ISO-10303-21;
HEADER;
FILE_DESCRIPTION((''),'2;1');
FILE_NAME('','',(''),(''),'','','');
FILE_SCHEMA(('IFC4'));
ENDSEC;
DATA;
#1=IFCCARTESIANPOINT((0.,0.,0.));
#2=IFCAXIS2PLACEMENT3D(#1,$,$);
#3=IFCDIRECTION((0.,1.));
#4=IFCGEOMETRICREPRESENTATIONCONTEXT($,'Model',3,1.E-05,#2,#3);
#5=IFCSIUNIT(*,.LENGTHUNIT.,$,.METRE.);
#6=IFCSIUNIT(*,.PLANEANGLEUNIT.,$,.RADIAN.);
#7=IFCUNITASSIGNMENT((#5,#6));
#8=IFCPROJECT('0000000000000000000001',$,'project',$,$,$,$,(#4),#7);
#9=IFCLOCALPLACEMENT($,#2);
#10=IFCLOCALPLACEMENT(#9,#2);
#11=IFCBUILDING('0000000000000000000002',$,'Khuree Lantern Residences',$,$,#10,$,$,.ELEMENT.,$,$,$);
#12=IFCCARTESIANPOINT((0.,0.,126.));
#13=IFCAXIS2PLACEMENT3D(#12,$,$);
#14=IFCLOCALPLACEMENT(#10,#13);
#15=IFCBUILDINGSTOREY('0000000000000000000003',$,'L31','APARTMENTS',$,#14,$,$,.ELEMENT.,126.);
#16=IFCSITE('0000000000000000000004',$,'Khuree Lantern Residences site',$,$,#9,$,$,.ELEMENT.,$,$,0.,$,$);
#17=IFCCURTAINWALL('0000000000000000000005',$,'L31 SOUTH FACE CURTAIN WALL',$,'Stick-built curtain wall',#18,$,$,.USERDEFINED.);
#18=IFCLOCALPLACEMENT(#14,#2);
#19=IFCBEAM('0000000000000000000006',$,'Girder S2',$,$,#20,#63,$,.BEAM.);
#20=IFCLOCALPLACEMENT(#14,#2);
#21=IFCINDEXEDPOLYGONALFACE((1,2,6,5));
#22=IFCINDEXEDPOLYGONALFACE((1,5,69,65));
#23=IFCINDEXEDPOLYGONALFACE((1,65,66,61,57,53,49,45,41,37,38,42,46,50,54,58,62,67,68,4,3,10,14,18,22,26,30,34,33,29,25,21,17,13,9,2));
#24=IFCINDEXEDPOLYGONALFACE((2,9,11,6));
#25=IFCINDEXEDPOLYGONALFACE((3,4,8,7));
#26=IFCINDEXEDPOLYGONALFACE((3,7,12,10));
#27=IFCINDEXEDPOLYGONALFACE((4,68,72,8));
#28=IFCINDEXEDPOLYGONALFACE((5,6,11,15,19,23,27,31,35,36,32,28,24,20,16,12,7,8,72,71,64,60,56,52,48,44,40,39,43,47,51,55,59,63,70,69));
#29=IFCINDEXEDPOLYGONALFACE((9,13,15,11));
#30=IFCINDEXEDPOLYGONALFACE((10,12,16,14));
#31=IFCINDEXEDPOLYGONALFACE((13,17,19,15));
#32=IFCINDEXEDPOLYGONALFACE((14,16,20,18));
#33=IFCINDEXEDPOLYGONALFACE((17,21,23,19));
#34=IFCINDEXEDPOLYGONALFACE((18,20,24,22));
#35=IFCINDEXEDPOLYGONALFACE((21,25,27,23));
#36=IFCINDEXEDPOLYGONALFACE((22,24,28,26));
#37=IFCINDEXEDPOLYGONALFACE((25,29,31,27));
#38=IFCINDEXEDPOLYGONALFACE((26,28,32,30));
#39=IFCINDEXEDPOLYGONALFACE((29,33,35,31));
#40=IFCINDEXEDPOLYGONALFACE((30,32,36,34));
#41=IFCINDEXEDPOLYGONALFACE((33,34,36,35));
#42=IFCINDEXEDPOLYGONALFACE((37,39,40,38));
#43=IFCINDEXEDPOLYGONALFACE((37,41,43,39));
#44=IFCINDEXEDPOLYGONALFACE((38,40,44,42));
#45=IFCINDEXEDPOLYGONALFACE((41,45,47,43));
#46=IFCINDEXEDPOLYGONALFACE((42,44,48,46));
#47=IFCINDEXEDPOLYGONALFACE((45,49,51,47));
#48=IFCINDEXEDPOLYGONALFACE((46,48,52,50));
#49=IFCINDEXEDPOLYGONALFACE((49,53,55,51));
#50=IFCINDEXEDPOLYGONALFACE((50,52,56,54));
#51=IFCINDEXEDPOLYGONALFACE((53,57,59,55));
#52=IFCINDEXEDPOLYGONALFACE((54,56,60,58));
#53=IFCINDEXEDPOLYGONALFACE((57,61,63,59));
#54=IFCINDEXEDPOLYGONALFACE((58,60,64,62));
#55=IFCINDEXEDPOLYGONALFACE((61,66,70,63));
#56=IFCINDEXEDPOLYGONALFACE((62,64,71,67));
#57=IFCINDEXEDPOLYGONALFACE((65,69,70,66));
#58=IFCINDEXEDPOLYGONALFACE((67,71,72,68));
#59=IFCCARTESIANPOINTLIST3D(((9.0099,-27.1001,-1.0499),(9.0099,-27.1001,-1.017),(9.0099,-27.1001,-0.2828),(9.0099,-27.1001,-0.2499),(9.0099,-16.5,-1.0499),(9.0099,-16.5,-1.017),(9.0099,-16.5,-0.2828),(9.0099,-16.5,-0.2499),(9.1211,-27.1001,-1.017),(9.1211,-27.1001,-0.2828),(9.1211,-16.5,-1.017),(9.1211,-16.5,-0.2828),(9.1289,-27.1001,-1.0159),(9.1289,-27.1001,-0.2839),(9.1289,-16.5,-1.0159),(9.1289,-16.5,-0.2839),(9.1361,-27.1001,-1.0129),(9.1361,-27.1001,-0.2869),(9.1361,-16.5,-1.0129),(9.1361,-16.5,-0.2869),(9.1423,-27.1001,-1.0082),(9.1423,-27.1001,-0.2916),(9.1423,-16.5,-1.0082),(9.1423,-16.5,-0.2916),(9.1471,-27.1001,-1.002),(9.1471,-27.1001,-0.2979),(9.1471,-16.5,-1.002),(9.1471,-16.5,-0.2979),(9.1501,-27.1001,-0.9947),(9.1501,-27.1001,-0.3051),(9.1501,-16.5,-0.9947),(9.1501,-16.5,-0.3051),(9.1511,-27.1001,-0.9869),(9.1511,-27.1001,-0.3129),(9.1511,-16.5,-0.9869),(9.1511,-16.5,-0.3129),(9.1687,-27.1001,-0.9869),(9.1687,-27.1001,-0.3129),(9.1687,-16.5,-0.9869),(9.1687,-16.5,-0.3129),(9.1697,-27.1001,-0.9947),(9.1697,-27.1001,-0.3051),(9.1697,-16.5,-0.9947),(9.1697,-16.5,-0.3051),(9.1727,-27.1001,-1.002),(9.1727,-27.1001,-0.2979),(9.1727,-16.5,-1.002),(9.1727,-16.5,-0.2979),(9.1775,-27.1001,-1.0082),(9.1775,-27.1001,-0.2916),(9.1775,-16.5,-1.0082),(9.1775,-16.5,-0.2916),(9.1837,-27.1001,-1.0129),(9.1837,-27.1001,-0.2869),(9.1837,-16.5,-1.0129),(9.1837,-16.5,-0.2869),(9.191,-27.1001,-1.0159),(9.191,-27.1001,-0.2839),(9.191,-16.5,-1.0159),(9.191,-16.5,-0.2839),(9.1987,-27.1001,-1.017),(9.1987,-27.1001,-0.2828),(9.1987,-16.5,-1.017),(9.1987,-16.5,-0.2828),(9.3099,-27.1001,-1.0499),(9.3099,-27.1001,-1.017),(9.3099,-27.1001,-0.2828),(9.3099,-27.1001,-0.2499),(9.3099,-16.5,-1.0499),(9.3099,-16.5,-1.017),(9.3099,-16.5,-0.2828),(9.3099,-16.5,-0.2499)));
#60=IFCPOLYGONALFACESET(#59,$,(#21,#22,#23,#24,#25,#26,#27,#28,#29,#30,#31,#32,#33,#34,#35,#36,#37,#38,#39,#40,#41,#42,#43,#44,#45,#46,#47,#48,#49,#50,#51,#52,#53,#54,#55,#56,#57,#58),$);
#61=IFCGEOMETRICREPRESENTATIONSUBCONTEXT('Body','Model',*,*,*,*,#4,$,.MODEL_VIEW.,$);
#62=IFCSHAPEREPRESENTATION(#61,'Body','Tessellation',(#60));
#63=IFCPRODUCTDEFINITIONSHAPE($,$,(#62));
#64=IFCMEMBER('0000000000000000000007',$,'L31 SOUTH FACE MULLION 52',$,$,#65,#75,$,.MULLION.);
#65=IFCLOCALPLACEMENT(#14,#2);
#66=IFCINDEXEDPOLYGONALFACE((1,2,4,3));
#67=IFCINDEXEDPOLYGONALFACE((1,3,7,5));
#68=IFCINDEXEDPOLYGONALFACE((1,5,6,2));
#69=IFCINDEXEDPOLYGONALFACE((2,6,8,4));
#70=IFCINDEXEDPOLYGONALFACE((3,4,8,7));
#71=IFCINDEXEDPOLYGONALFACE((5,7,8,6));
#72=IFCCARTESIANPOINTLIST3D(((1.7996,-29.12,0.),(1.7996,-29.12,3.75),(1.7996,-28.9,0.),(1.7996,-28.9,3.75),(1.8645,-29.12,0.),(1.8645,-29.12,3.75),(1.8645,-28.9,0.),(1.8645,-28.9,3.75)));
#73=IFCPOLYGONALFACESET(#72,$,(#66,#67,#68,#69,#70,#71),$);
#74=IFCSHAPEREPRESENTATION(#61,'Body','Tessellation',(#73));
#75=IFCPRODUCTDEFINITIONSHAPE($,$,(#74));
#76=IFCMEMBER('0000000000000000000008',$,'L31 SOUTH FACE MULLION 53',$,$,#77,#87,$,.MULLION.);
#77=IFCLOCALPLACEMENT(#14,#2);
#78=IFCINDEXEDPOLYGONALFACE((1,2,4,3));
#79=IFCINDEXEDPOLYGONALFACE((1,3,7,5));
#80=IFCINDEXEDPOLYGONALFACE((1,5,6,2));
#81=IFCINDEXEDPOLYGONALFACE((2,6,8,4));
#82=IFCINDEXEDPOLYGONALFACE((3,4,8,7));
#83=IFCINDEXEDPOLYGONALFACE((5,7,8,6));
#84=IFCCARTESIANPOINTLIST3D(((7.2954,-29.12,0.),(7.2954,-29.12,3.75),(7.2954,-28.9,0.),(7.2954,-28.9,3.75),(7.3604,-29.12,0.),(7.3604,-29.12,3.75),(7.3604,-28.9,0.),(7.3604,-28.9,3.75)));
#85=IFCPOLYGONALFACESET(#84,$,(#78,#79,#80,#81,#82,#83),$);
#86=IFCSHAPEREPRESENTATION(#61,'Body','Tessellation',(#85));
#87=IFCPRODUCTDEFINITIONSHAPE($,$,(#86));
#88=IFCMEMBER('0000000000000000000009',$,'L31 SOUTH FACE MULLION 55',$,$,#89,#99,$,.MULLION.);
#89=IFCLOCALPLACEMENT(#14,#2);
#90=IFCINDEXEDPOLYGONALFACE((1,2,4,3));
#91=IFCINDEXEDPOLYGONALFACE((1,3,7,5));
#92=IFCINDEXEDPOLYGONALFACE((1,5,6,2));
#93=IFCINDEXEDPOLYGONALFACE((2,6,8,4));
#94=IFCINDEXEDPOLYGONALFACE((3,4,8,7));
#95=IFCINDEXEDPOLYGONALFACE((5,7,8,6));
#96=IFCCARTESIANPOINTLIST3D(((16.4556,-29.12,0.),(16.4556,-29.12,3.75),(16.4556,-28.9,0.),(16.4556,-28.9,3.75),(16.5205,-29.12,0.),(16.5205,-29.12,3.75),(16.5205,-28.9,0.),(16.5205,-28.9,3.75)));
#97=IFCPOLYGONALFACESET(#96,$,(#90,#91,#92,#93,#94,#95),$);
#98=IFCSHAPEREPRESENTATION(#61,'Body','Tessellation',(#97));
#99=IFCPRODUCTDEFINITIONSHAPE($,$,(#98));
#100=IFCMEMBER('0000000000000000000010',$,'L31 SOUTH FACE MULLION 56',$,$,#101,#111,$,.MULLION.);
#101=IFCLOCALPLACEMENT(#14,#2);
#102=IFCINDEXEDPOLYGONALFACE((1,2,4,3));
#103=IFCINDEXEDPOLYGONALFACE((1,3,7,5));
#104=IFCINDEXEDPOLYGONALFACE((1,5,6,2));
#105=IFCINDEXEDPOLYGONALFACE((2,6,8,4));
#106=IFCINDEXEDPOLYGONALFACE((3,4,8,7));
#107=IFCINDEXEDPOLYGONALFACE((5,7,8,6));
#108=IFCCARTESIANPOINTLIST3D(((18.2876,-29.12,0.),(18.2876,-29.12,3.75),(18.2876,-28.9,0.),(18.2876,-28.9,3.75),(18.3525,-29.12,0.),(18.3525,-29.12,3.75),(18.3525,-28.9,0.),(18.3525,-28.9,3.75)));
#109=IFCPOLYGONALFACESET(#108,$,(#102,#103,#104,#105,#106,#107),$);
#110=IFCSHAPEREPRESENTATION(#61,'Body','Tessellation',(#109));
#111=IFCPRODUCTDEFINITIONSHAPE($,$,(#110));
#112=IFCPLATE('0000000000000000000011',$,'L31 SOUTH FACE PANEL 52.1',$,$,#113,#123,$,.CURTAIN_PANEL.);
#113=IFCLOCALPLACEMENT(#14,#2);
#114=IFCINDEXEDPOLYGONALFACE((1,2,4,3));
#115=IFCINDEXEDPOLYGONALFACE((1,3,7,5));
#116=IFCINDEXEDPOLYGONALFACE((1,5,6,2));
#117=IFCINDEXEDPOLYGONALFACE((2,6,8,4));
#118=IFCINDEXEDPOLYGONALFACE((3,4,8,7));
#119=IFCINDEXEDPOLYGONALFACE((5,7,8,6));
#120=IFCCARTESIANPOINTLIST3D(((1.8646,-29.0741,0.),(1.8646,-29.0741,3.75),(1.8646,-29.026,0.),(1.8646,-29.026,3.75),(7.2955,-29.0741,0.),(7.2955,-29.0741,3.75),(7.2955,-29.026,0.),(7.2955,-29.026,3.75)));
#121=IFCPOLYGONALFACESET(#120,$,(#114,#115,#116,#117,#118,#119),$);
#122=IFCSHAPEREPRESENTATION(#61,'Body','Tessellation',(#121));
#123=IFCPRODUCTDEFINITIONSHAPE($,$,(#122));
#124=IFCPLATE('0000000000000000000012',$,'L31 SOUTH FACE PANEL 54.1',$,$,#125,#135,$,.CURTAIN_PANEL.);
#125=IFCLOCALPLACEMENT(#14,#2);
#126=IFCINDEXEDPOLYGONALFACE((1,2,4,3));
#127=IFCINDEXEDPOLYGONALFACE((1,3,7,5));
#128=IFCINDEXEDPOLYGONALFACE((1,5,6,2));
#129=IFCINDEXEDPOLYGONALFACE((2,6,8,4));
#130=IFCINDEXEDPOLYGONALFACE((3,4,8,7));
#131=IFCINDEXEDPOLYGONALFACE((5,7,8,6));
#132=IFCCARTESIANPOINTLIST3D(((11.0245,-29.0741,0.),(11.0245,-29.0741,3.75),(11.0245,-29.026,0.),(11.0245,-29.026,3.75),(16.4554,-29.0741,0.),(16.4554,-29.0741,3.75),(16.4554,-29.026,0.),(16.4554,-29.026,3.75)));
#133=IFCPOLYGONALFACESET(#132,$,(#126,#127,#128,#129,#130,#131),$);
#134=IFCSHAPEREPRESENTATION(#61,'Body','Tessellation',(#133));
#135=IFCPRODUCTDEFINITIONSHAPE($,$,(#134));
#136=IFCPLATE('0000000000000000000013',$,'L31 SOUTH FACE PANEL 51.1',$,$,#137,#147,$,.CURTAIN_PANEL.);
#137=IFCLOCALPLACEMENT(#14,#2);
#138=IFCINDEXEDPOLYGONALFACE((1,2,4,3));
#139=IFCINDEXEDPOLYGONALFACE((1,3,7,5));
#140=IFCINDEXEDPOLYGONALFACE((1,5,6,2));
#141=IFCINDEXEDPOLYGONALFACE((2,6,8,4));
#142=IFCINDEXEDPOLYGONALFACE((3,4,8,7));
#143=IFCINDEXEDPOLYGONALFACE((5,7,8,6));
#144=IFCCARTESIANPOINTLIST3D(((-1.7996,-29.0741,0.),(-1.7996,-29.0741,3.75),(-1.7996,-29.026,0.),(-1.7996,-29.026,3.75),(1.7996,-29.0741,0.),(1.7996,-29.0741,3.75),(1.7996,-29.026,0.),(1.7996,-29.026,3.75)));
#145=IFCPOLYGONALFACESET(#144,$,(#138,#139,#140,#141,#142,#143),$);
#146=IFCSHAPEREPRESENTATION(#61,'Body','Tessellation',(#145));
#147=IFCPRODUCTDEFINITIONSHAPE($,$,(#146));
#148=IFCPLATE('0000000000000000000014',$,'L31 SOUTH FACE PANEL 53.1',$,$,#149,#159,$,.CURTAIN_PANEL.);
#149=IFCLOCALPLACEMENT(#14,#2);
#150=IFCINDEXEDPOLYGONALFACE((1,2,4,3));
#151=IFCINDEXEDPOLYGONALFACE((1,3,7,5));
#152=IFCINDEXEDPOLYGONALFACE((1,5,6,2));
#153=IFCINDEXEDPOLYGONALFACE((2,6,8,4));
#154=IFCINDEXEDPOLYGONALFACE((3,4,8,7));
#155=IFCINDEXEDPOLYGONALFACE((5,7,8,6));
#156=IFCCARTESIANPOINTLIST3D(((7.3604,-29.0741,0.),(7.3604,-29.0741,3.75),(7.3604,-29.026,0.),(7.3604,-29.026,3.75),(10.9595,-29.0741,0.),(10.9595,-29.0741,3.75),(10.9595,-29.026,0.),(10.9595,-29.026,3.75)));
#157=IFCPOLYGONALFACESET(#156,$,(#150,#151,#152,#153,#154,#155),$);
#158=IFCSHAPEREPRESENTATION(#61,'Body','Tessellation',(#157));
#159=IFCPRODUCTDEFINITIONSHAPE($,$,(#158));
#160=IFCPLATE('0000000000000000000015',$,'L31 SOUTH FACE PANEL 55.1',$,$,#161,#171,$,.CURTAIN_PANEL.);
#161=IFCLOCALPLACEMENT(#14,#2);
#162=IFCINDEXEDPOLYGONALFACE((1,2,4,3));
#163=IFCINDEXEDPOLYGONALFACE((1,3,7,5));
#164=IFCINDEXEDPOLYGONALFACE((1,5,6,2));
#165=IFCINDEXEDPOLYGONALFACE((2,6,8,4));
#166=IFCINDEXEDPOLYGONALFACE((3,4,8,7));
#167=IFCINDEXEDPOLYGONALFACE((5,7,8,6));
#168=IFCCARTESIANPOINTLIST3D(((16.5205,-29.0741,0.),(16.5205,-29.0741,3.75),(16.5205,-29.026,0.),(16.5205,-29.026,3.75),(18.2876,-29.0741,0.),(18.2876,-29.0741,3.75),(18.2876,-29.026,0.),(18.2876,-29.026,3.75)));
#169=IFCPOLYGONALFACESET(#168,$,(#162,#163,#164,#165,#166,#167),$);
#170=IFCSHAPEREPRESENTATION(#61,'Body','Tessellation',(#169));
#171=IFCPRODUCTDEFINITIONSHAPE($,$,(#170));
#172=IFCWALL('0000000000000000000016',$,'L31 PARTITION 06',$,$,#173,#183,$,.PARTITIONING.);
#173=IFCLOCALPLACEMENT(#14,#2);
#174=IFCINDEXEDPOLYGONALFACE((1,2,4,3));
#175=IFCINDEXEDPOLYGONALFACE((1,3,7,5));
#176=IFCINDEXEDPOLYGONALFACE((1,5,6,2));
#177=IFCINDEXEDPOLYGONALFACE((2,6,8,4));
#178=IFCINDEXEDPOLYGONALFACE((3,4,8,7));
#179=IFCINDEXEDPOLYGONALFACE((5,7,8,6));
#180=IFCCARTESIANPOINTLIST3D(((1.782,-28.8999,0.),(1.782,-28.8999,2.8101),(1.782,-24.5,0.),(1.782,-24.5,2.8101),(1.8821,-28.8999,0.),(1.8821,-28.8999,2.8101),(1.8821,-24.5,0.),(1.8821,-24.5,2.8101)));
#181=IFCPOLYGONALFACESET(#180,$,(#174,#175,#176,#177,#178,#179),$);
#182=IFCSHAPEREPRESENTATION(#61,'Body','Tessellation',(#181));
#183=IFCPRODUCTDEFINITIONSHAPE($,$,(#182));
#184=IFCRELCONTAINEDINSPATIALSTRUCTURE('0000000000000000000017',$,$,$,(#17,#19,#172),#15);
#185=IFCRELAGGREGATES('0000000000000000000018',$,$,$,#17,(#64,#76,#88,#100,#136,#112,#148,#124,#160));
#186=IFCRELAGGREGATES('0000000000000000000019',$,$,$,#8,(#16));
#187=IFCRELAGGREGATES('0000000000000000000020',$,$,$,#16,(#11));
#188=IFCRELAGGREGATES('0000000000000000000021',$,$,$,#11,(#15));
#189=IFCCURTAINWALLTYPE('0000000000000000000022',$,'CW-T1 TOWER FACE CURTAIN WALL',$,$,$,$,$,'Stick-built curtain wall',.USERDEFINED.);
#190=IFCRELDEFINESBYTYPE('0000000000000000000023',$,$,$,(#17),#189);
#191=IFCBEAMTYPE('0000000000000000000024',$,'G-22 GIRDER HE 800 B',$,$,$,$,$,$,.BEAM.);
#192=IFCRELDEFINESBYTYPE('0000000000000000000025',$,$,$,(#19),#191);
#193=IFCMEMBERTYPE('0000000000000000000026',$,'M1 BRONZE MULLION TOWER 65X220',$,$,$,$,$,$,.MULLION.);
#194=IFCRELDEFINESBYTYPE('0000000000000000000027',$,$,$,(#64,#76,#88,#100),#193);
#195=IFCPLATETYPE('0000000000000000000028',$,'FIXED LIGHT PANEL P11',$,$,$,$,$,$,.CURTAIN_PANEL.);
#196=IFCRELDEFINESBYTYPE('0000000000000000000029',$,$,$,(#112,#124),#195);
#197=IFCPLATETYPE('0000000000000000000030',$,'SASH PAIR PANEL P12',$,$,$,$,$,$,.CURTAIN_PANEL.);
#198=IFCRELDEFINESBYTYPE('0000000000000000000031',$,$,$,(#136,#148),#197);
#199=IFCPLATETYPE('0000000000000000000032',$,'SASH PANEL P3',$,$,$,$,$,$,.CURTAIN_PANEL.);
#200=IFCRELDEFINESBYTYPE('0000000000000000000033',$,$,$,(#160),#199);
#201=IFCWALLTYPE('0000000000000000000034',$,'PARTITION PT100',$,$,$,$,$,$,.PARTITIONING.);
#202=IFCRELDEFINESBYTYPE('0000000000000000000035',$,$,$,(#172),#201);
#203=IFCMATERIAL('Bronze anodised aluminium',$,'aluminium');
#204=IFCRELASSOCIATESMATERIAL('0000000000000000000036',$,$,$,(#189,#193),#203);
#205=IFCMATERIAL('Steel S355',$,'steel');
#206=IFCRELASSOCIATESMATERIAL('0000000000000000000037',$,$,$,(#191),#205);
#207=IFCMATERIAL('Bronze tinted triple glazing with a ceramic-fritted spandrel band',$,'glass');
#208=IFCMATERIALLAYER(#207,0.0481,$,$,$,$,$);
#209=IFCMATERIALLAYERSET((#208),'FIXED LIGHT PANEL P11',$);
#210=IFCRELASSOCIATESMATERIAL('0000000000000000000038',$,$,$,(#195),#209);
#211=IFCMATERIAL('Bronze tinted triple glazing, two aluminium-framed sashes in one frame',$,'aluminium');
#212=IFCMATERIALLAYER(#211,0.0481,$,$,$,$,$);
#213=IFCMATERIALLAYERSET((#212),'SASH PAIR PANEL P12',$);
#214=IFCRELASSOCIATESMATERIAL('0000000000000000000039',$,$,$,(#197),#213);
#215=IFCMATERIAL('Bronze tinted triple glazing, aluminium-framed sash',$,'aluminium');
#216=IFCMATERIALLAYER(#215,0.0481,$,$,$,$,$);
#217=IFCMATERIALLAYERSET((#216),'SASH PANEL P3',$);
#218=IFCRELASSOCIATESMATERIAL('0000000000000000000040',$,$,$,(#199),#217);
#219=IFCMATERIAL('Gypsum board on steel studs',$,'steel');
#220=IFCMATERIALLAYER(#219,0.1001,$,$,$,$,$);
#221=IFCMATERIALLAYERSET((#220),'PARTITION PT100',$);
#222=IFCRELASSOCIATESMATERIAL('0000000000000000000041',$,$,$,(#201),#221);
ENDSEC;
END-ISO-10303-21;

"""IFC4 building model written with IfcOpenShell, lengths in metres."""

from ifc_helpers import new_model, si_unit, direction, frame, frame_2d, origin, origin_2d, place, context, subcontext, project, spatial, rectangle, i_section, extrude, material, layer, layer_set, material_profile, profile_set, type_object, element, aggregate, save


model = new_model("IFC4")

# Units and contexts
model_context = context("Model", 3, precision=1e-05, world=origin(), true_north=direction((0.0, 1.0)))
body_context = subcontext(model_context, "Body", "Model", "MODEL_VIEW")
ifc_project = project(units=[si_unit("LENGTHUNIT", "METRE"), si_unit("PLANEANGLEUNIT", "RADIAN")], contexts=[model_context])

# Site, building, storey
site_placement = place(None, origin())
site = spatial("IfcSite", under=ifc_project, at=site_placement, Name="Khuree Lantern Residences site", CompositionType="ELEMENT", RefElevation=0.0)
building_placement = place(site_placement, origin())
building = spatial("IfcBuilding", under=site, at=building_placement, Name="Khuree Lantern Residences", CompositionType="ELEMENT")
storey_placement = place(building_placement, frame((0.0, 0.0, 126.0)))
storey = spatial("IfcBuildingStorey", under=building, at=storey_placement, Name="L31", Description="APARTMENTS", CompositionType="ELEMENT", Elevation=126.0)

# Shared definitions
ifc_material_1 = material(Name="Steel S355", Category="steel")

# Curtain wall
ifc_material_2 = material(Name="Bronze anodised aluminium", Category="aluminium")
curtain_wall_type = type_object("IfcCurtainWallType", Name="CW-T1 TOWER FACE CURTAIN WALL", ElementType="Stick-built curtain wall", PredefinedType="USERDEFINED", material=ifc_material_2)
curtain_wall_placement = place(storey_placement, origin())
curtain_wall = element("IfcCurtainWall", 1, at=curtain_wall_placement, inside=storey, type_object=curtain_wall_type, Name="L31 SOUTH FACE CURTAIN WALL", ObjectType="Stick-built curtain wall", PredefinedType="USERDEFINED")

# Beam
ifc_material_profile_1 = material_profile(ifc_material_1, i_section(OverallWidth=0.3, OverallDepth=0.8, WebThickness=0.0176, FlangeThickness=0.033, FilletRadius=0.03, at=origin_2d()), Name="HE 800 B")
ifc_profile_set_1 = profile_set([ifc_material_profile_1], Name="Steel S355")
beam_type_1 = type_object("IfcBeamType", Name="G-22 GIRDER HE 800 B", PredefinedType="BEAM", material=ifc_profile_set_1)
beam_1_placement = place(storey_placement, frame((9.1599, -27.1001, -0.6499), z_axis=(0.0, 1.0, 0.0), x_axis=(-1.0, 0.0, 0.0)))
element("IfcBeam", 2, at=beam_1_placement, inside=storey, type_object=beam_type_1, Name="Girder S2", PredefinedType="BEAM", context=body_context, shape_type="SweptSolid", body=[
    extrude(i_section(OverallWidth=0.3, OverallDepth=0.8, WebThickness=0.0176, FlangeThickness=0.033, FilletRadius=0.03, at=origin_2d()), origin(), (0.0, 0.0, 1.0), 10.6001),
])

# Members
ifc_material_profile_2 = material_profile(ifc_material_2, rectangle(XDim=0.0649, YDim=0.22, at=origin_2d()), Name="M1 65X220")
ifc_profile_set_2 = profile_set([ifc_material_profile_2], Name="Bronze anodised aluminium")
member_type_1 = type_object("IfcMemberType", Name="M1 BRONZE MULLION TOWER 65X220", PredefinedType="MULLION", material=ifc_profile_set_2)
member_1_placement = place(storey_placement, frame((1.832, -29.01, 0.0), z_axis=(0.0, 0.0, 1.0), x_axis=(1.0, 0.0, 0.0)))
member_1 = element("IfcMember", 3, at=member_1_placement, type_object=member_type_1, Name="L31 SOUTH FACE MULLION 52", PredefinedType="MULLION", context=body_context, shape_type="SweptSolid", body=[
    extrude(rectangle(XDim=0.0649, YDim=0.22, at=origin_2d()), origin(), (0.0, 0.0, 1.0), 3.75),
])
member_2_placement = place(storey_placement, frame((7.3279, -29.01, 0.0), z_axis=(0.0, 0.0, 1.0), x_axis=(1.0, 0.0, 0.0)))
member_2 = element("IfcMember", 4, at=member_2_placement, type_object=member_type_1, Name="L31 SOUTH FACE MULLION 53", PredefinedType="MULLION", context=body_context, shape_type="SweptSolid", body=[
    extrude(rectangle(XDim=0.0649, YDim=0.22, at=origin_2d()), origin(), (0.0, 0.0, 1.0), 3.75),
])
member_3_placement = place(storey_placement, frame((16.488, -29.01, 0.0), z_axis=(0.0, 0.0, 1.0), x_axis=(1.0, 0.0, 0.0)))
member_3 = element("IfcMember", 5, at=member_3_placement, type_object=member_type_1, Name="L31 SOUTH FACE MULLION 55", PredefinedType="MULLION", context=body_context, shape_type="SweptSolid", body=[
    extrude(rectangle(XDim=0.0649, YDim=0.22, at=origin_2d()), origin(), (0.0, 0.0, 1.0), 3.75),
])
member_4_placement = place(storey_placement, frame((18.3201, -29.01, 0.0), z_axis=(0.0, 0.0, 1.0), x_axis=(1.0, 0.0, 0.0)))
member_4 = element("IfcMember", 6, at=member_4_placement, type_object=member_type_1, Name="L31 SOUTH FACE MULLION 56", PredefinedType="MULLION", context=body_context, shape_type="SweptSolid", body=[
    extrude(rectangle(XDim=0.0649, YDim=0.22, at=origin_2d()), origin(), (0.0, 0.0, 1.0), 3.75),
])

# Plates
ifc_material_3 = material(Name="Bronze tinted triple glazing with a ceramic-fritted spandrel band", Category="glass")
ifc_layer_1 = layer(ifc_material_3, 0.0481)
ifc_layer_set_1 = layer_set([ifc_layer_1], Name="FIXED LIGHT PANEL P11")
plate_type_1 = type_object("IfcPlateType", Name="FIXED LIGHT PANEL P11", PredefinedType="CURTAIN_PANEL", material=ifc_layer_set_1)
plate_1_placement = place(storey_placement, frame((4.5801, -29.05, 0.0), z_axis=(0.0, 0.0, 1.0), x_axis=(1.0, 0.0, 0.0)))
plate_1 = element("IfcPlate", 7, at=plate_1_placement, type_object=plate_type_1, Name="L31 SOUTH FACE PANEL 52.1", PredefinedType="CURTAIN_PANEL", context=body_context, shape_type="SweptSolid", body=[
    extrude(rectangle(XDim=5.4309, YDim=0.0481, at=origin_2d()), origin(), (0.0, 0.0, 1.0), 3.75),
])
plate_2_placement = place(storey_placement, frame((13.74, -29.05, 0.0), z_axis=(0.0, 0.0, 1.0), x_axis=(1.0, 0.0, 0.0)))
plate_2 = element("IfcPlate", 8, at=plate_2_placement, type_object=plate_type_1, Name="L31 SOUTH FACE PANEL 54.1", PredefinedType="CURTAIN_PANEL", context=body_context, shape_type="SweptSolid", body=[
    extrude(rectangle(XDim=5.4309, YDim=0.0481, at=origin_2d()), origin(), (0.0, 0.0, 1.0), 3.75),
])
ifc_material_4 = material(Name="Bronze tinted triple glazing, two aluminium-framed sashes in one frame", Category="aluminium")
ifc_layer_2 = layer(ifc_material_4, 0.0481)
ifc_layer_set_2 = layer_set([ifc_layer_2], Name="SASH PAIR PANEL P12")
plate_type_2 = type_object("IfcPlateType", Name="SASH PAIR PANEL P12", PredefinedType="CURTAIN_PANEL", material=ifc_layer_set_2)
plate_3_placement = place(storey_placement, frame((0.0, -29.05, 0.0), z_axis=(0.0, 0.0, 1.0), x_axis=(1.0, 0.0, 0.0)))
plate_3 = element("IfcPlate", 9, at=plate_3_placement, type_object=plate_type_2, Name="L31 SOUTH FACE PANEL 51.1", PredefinedType="CURTAIN_PANEL", context=body_context, shape_type="SweptSolid", body=[
    extrude(rectangle(XDim=3.5991, YDim=0.0481, at=origin_2d()), origin(), (0.0, 0.0, 1.0), 3.75),
])
plate_4_placement = place(storey_placement, frame((9.1599, -29.05, 0.0), z_axis=(0.0, 0.0, 1.0), x_axis=(1.0, 0.0, 0.0)))
plate_4 = element("IfcPlate", 10, at=plate_4_placement, type_object=plate_type_2, Name="L31 SOUTH FACE PANEL 53.1", PredefinedType="CURTAIN_PANEL", context=body_context, shape_type="SweptSolid", body=[
    extrude(rectangle(XDim=3.5991, YDim=0.0481, at=origin_2d()), origin(), (0.0, 0.0, 1.0), 3.75),
])
ifc_material_5 = material(Name="Bronze tinted triple glazing, aluminium-framed sash", Category="aluminium")
ifc_layer_3 = layer(ifc_material_5, 0.0481)
ifc_layer_set_3 = layer_set([ifc_layer_3], Name="SASH PANEL P3")
plate_type_3 = type_object("IfcPlateType", Name="SASH PANEL P3", PredefinedType="CURTAIN_PANEL", material=ifc_layer_set_3)
plate_5_placement = place(storey_placement, frame((17.4041, -29.05, 0.0), z_axis=(0.0, 0.0, 1.0), x_axis=(1.0, 0.0, 0.0)))
plate_5 = element("IfcPlate", 11, at=plate_5_placement, type_object=plate_type_3, Name="L31 SOUTH FACE PANEL 55.1", PredefinedType="CURTAIN_PANEL", context=body_context, shape_type="SweptSolid", body=[
    extrude(rectangle(XDim=1.7671, YDim=0.0481, at=origin_2d()), origin(), (0.0, 0.0, 1.0), 3.75),
])
aggregate(curtain_wall, [member_1, member_2, member_3, member_4, plate_3, plate_1, plate_4, plate_2, plate_5])

# Wall
ifc_material_6 = material(Name="Gypsum board on steel studs", Category="steel")
ifc_layer_4 = layer(ifc_material_6, 0.1001)
ifc_layer_set_4 = layer_set([ifc_layer_4], Name="PARTITION PT100")
wall_type = type_object("IfcWallType", Name="PARTITION PT100", PredefinedType="PARTITIONING", material=ifc_layer_set_4)
for number, where, z_axis, x_axis, name in (
    (12, (1.832, -24.5, 0.0), (0.0, 0.0, 1.0), (0.0, -1.0, 0.0), "L31 PARTITION 06"),
):
    element("IfcWall", number, at=place(storey_placement, frame(where, z_axis=z_axis, x_axis=x_axis)), inside=storey, type_object=wall_type, Name=name, PredefinedType="PARTITIONING", context=body_context, shape_type="SweptSolid", body=[
        extrude(rectangle(XDim=4.3999, YDim=0.1001, at=frame_2d((2.2, 0.0))), origin(), (0.0, 0.0, 1.0), 2.8101),
    ])

save(model, "model.ifc")
